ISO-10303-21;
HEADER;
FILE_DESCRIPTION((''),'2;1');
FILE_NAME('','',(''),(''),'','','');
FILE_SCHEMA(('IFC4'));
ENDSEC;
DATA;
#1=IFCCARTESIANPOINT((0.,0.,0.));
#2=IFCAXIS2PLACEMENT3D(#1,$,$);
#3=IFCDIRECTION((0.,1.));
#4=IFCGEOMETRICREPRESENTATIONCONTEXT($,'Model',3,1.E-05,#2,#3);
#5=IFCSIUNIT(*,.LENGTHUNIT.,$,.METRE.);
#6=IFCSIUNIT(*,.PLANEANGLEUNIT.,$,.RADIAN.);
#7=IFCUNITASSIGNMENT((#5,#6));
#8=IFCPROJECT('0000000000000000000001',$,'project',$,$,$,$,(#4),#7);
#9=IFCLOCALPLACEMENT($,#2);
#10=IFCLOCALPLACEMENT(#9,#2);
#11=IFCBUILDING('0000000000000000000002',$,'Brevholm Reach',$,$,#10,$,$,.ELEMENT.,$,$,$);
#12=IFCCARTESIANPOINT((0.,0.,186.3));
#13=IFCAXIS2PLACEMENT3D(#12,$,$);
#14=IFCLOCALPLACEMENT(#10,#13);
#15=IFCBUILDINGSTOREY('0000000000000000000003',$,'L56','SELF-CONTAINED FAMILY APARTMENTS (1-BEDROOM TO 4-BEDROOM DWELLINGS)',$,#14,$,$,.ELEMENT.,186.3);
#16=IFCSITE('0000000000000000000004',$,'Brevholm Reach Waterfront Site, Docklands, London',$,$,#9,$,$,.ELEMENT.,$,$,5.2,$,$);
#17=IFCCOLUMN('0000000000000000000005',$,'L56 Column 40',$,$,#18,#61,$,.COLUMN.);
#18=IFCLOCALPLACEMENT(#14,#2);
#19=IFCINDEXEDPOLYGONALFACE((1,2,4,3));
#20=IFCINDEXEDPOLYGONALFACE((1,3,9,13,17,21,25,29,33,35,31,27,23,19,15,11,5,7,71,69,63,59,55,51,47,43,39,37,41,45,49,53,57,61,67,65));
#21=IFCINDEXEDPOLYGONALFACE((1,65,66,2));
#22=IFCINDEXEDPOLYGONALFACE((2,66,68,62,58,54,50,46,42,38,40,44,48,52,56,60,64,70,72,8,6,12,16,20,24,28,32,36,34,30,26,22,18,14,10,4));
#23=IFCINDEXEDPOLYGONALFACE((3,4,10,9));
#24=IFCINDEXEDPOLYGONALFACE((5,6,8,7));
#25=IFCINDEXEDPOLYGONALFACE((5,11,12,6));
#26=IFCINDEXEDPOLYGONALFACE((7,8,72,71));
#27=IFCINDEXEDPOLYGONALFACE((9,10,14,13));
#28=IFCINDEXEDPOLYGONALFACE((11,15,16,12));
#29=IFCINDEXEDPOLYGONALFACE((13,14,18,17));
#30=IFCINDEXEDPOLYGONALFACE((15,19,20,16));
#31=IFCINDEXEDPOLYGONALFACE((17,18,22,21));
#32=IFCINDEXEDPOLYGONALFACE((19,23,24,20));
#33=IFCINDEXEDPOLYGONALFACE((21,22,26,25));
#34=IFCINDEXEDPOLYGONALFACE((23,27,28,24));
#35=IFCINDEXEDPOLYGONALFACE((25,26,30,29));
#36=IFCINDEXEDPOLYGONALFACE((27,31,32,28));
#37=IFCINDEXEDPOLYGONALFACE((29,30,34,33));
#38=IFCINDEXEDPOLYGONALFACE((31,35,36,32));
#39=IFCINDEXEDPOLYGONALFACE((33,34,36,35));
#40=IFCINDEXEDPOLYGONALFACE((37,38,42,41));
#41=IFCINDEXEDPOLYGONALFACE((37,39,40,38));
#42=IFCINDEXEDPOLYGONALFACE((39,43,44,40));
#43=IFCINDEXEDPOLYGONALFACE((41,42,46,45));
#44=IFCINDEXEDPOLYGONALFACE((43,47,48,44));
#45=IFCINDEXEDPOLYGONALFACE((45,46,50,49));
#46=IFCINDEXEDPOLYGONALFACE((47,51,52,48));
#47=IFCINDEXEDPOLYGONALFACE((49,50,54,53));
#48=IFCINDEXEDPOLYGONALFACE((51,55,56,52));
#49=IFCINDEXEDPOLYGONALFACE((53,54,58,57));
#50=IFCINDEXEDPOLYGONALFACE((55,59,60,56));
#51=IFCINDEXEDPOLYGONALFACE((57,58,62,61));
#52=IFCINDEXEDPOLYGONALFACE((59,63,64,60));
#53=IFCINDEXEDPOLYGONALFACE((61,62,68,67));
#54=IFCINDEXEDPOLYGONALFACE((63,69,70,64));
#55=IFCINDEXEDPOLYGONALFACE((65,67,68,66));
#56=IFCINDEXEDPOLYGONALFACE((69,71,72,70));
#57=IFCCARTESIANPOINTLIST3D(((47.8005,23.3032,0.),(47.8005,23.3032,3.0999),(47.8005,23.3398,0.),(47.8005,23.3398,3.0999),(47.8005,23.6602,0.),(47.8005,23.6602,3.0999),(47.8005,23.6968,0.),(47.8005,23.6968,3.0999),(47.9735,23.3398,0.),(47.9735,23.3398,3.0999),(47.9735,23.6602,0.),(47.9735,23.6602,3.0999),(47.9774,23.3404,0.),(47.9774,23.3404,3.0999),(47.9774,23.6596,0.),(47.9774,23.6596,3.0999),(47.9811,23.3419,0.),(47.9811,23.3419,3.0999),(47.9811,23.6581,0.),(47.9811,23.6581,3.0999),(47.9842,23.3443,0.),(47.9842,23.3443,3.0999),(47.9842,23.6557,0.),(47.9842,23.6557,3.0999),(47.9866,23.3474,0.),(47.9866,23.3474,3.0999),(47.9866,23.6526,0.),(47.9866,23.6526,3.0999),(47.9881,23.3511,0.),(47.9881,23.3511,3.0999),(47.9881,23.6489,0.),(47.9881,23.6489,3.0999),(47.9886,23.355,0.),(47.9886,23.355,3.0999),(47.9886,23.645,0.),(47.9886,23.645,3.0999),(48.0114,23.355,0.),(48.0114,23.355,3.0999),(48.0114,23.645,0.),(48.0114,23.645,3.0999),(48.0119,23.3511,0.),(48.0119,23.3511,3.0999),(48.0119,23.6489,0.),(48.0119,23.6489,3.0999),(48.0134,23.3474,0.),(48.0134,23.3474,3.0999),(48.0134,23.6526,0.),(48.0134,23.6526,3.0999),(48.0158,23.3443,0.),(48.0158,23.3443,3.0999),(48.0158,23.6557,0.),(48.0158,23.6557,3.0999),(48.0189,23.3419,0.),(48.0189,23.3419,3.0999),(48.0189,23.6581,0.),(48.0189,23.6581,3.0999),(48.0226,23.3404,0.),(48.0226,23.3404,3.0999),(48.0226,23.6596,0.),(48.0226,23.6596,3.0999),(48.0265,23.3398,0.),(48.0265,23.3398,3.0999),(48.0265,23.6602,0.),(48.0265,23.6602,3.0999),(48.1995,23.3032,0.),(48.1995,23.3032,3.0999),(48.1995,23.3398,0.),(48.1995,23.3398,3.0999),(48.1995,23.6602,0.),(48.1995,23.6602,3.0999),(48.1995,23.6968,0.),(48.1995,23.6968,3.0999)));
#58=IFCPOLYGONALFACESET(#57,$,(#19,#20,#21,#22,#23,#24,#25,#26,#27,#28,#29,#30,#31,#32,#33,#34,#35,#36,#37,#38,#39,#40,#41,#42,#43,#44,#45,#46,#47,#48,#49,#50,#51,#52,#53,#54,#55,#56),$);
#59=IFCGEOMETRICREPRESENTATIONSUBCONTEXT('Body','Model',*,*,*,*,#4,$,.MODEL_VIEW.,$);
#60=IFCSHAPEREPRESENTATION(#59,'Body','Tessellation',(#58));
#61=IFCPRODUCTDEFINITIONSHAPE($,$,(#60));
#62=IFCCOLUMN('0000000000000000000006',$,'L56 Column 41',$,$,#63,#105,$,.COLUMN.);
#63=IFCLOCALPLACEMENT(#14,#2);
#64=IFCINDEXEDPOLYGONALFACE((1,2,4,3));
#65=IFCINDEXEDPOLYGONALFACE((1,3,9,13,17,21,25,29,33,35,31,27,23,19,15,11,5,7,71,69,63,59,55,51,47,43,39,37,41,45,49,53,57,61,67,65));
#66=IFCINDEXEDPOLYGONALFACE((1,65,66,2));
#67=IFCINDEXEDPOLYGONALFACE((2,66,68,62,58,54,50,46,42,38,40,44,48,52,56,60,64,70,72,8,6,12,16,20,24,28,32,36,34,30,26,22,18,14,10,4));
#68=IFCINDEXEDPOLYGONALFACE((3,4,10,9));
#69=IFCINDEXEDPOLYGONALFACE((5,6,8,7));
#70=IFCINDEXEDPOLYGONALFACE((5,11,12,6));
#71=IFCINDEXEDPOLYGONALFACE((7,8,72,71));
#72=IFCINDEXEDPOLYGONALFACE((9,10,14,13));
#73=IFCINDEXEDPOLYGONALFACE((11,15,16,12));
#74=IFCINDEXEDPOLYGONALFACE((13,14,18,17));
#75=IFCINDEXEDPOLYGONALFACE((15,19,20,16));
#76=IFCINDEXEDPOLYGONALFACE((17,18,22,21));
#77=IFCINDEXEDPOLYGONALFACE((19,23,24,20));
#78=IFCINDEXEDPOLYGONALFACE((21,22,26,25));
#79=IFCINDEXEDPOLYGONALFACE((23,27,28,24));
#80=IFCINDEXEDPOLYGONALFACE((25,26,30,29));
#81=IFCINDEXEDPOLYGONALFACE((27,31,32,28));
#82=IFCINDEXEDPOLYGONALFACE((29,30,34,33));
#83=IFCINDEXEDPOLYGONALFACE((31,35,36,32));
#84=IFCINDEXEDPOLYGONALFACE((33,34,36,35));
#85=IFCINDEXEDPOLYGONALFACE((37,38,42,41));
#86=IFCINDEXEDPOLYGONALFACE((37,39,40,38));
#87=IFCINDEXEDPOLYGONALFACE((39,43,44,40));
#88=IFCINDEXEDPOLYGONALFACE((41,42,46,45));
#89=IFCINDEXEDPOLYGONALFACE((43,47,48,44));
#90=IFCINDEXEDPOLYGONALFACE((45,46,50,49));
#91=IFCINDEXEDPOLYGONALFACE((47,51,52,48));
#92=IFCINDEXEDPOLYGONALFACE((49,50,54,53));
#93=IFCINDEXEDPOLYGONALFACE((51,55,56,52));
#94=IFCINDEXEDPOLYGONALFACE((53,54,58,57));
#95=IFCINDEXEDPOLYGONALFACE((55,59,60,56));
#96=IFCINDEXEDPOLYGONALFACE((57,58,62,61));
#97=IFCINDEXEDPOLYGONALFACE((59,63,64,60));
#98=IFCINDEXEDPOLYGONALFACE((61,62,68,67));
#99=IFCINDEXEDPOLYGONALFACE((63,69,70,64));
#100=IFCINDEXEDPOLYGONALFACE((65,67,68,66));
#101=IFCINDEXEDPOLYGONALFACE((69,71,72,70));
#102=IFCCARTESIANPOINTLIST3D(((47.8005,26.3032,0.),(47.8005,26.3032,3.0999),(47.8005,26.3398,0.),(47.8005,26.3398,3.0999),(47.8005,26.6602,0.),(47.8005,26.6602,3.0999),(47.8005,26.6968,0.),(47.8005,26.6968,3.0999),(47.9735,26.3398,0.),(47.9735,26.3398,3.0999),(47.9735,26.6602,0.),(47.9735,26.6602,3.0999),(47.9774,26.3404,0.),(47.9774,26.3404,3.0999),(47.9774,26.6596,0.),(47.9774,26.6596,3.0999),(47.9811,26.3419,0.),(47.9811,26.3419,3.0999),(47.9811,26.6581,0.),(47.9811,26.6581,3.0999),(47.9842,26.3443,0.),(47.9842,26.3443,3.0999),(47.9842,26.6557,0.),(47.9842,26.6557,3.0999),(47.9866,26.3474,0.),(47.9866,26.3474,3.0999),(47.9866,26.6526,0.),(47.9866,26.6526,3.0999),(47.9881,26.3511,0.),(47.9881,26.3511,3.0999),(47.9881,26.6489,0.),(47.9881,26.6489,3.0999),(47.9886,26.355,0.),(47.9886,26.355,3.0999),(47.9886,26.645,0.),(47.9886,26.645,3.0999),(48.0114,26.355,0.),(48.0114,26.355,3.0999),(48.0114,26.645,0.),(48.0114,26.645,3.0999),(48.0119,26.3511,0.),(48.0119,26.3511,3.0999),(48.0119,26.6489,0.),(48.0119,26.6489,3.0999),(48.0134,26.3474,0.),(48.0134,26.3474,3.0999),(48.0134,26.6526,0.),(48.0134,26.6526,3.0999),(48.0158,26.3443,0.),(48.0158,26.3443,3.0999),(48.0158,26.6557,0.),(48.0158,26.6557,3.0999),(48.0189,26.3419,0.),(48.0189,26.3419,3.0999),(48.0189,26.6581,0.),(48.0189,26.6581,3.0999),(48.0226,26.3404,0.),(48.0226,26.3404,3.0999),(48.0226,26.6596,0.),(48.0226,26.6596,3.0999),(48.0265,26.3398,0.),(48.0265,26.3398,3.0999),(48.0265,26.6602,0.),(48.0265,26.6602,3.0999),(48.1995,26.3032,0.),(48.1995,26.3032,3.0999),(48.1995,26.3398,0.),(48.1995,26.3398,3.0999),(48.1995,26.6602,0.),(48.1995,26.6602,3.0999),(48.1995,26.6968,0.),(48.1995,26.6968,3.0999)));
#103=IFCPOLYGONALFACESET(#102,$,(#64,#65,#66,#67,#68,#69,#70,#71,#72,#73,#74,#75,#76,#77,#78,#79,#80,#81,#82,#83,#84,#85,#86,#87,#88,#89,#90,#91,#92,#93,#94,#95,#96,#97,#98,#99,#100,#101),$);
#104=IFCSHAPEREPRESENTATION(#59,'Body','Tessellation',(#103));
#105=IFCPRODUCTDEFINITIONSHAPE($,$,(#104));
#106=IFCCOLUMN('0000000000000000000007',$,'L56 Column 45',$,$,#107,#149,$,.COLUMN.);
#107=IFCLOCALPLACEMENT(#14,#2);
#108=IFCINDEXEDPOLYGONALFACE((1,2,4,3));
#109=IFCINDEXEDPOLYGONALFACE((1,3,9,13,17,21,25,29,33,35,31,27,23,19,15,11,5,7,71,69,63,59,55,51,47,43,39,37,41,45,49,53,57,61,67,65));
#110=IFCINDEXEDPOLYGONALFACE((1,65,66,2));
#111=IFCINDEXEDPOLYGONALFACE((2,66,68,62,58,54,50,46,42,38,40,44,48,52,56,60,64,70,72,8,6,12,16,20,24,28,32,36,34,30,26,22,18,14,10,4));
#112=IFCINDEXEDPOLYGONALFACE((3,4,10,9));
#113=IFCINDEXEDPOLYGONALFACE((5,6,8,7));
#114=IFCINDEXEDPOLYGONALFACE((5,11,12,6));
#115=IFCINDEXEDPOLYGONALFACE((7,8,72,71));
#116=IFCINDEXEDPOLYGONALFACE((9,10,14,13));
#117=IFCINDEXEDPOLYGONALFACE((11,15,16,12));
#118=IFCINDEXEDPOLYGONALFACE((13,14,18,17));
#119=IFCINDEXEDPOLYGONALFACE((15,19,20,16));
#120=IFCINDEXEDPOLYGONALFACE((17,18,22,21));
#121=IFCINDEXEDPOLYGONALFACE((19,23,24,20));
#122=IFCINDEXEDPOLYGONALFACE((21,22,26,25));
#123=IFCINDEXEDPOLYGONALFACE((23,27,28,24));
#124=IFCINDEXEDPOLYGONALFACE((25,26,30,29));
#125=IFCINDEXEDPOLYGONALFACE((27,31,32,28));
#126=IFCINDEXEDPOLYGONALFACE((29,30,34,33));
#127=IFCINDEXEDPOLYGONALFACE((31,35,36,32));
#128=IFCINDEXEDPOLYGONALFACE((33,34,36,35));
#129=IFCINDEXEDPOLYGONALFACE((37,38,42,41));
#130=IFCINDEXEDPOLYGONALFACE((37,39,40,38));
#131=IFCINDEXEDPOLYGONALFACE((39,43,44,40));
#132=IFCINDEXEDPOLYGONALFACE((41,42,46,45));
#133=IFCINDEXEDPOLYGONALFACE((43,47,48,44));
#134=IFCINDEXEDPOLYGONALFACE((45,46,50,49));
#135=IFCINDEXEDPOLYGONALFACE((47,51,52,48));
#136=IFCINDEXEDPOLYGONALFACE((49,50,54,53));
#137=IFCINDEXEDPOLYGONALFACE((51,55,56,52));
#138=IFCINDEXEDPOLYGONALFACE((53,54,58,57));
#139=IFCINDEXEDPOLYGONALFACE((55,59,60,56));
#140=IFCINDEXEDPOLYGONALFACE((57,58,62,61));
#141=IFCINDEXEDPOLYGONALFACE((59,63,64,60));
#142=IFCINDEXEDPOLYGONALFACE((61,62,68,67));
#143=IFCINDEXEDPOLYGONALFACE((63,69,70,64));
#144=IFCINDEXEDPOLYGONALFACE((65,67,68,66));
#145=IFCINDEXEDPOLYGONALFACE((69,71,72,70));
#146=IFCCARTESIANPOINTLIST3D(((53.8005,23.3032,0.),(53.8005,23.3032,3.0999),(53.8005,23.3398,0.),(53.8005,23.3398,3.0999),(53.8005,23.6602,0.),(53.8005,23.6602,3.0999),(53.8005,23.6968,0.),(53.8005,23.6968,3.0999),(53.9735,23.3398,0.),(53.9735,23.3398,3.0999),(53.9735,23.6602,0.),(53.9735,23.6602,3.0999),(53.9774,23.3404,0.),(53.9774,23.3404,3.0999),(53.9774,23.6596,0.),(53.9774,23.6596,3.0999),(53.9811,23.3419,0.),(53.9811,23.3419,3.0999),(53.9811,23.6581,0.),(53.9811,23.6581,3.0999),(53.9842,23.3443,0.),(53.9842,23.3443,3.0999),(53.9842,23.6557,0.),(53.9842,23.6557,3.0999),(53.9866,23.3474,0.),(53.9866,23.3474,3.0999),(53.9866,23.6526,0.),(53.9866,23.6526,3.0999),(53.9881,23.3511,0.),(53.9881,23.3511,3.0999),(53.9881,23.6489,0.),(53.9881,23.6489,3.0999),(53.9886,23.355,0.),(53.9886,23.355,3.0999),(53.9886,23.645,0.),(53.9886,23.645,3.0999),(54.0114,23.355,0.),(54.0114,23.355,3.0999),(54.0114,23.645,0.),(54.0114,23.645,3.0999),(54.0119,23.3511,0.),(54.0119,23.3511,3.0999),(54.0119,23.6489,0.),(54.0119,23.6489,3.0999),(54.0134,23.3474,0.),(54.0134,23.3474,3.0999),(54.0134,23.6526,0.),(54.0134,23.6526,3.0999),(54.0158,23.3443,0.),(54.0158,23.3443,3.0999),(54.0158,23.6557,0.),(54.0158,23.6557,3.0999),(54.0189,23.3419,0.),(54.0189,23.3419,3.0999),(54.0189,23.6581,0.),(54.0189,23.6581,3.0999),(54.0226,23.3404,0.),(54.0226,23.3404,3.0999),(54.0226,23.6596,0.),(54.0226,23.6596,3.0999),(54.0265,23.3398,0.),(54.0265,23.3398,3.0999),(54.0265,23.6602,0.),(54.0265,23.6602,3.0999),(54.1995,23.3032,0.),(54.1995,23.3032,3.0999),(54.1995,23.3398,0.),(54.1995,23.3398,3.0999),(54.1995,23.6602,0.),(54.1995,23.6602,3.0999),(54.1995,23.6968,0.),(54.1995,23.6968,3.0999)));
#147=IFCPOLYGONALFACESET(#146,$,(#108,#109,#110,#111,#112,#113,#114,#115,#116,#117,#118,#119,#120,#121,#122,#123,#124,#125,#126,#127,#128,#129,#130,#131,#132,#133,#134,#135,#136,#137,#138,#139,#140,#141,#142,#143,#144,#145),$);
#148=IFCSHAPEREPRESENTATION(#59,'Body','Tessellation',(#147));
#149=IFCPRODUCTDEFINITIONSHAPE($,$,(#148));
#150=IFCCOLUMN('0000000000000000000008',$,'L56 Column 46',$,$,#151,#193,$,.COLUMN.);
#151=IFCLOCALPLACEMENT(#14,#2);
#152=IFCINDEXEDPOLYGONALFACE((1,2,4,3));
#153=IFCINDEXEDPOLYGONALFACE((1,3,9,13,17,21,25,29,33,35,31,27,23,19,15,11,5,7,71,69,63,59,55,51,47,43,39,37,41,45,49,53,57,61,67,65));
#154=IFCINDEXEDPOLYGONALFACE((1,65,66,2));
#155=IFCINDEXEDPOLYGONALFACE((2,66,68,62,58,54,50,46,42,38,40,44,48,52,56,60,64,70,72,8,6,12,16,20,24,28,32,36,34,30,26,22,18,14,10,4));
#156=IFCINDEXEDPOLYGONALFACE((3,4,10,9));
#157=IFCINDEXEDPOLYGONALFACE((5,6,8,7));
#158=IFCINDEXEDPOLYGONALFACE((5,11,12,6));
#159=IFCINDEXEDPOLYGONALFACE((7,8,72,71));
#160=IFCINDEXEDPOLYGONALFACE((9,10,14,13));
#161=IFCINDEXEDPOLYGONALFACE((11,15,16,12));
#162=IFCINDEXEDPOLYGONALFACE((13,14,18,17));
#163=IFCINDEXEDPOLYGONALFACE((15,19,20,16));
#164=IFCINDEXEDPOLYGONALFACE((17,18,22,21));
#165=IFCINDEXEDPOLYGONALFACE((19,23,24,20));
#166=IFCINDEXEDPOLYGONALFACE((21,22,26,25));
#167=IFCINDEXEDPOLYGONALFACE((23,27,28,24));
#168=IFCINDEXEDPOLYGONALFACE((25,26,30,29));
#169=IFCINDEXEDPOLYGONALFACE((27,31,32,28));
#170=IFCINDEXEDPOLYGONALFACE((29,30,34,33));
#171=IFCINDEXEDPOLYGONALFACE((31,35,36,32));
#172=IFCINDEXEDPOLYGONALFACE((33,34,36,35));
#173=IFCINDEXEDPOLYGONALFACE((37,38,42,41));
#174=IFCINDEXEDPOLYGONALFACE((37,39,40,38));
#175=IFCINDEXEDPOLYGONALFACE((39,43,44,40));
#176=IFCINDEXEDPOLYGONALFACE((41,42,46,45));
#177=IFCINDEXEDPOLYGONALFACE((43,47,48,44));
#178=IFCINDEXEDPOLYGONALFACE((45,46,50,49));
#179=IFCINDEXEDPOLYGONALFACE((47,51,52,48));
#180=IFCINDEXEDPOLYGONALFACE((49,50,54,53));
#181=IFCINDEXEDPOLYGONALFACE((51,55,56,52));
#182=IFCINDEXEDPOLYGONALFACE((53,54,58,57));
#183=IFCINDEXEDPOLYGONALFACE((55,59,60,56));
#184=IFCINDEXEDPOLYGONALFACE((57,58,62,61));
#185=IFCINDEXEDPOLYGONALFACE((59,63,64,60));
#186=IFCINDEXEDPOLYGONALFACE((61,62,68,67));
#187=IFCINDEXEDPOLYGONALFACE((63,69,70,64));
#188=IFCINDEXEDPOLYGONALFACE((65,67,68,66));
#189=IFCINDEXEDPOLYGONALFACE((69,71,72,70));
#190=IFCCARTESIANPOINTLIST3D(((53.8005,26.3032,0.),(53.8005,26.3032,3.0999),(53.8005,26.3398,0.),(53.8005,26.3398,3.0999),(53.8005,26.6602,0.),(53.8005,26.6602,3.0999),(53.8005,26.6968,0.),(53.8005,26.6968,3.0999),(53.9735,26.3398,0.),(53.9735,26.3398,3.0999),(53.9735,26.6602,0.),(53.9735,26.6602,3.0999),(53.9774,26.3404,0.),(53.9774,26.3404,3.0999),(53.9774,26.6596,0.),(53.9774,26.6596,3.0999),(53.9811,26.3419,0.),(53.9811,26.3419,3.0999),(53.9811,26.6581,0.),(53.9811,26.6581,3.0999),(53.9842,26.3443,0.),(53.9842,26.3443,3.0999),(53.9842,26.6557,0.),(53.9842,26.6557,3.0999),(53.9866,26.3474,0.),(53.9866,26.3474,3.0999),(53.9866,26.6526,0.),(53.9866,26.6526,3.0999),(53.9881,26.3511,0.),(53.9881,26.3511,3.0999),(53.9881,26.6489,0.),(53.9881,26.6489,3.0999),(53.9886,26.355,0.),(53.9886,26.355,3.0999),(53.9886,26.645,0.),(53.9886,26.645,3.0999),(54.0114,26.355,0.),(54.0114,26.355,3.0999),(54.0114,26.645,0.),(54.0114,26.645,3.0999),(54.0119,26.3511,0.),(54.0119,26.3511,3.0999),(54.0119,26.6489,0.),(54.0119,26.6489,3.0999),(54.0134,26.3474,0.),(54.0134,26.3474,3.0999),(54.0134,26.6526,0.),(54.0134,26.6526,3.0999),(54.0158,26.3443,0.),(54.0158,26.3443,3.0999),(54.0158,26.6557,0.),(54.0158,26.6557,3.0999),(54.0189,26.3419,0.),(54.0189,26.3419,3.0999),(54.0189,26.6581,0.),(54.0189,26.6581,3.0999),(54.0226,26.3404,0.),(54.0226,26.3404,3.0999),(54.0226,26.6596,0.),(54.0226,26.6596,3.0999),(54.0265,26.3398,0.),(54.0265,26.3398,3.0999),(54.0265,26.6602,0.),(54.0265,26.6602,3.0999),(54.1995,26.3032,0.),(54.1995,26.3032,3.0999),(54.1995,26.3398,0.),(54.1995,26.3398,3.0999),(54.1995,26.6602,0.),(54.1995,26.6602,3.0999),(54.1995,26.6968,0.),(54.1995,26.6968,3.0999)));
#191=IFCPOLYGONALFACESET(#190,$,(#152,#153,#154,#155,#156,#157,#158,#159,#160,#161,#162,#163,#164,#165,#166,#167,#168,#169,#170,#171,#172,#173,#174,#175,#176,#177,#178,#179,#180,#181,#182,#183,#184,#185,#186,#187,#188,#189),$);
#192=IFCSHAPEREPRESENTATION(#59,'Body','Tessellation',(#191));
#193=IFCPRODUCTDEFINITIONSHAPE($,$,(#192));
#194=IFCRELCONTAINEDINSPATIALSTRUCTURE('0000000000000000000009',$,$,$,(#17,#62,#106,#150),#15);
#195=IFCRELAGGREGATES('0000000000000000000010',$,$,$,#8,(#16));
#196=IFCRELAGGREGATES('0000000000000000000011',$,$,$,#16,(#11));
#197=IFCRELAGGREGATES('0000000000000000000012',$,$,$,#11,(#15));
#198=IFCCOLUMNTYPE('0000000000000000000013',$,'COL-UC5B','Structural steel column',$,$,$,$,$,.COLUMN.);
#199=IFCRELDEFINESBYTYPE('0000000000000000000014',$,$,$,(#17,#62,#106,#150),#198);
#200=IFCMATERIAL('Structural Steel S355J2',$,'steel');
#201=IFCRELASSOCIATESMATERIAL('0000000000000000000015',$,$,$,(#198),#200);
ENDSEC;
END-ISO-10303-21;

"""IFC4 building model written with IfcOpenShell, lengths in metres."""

from ifc_helpers import new_model, si_unit, direction, frame, origin, origin_2d, place, context, subcontext, project, spatial, i_section, extrude, material, material_profile, profile_set, type_object, element, save


model = new_model("IFC4")

# Units and contexts
model_context = context("Model", 3, precision=1e-05, world=origin(), true_north=direction((0.0, 1.0)))
body_context = subcontext(model_context, "Body", "Model", "MODEL_VIEW")
ifc_project = project(units=[si_unit("LENGTHUNIT", "METRE"), si_unit("PLANEANGLEUNIT", "RADIAN")], contexts=[model_context])

# Site, building, storey
site_placement = place(None, origin())
site = spatial("IfcSite", under=ifc_project, at=site_placement, Name="Brevholm Reach Waterfront Site, Docklands, London", CompositionType="ELEMENT", RefElevation=5.2)
building_placement = place(site_placement, origin())
building = spatial("IfcBuilding", under=site, at=building_placement, Name="Brevholm Reach", CompositionType="ELEMENT")
storey_placement = place(building_placement, frame((0.0, 0.0, 186.3)))
storey = spatial("IfcBuildingStorey", under=building, at=storey_placement, Name="L56", Description="SELF-CONTAINED FAMILY APARTMENTS (1-BEDROOM TO 4-BEDROOM DWELLINGS)", CompositionType="ELEMENT", Elevation=186.3)

# Columns
ifc_material_1 = material(Name="Structural Steel S355J2", Category="steel")
ifc_material_profile_1 = material_profile(ifc_material_1, i_section(OverallWidth=0.3989, OverallDepth=0.3936, WebThickness=0.0227, FlangeThickness=0.0366, FilletRadius=0.0151, at=origin_2d()), Name="UKC 356x406x287")
ifc_profile_set_1 = profile_set([ifc_material_profile_1], Name="Structural Steel S355J2")
column_type = type_object("IfcColumnType", Name="COL-UC5B", Description="Structural steel column", PredefinedType="COLUMN", material=ifc_profile_set_1)
for number, where, z_axis, x_axis, name in (
    (1, (48.0, 23.5, 0.0), (0.0, 0.0, 1.0), (1.0, 0.0, 0.0), "L56 Column 40"),
    (2, (48.0, 26.5, 0.0), (0.0, 0.0, 1.0), (1.0, 0.0, 0.0), "L56 Column 41"),
    (3, (54.0, 23.5, 0.0), (0.0, 0.0, 1.0), (1.0, 0.0, 0.0), "L56 Column 45"),
    (4, (54.0, 26.5, 0.0), (0.0, 0.0, 1.0), (1.0, 0.0, 0.0), "L56 Column 46"),
):
    element("IfcColumn", number, at=place(storey_placement, frame(where, z_axis=z_axis, x_axis=x_axis)), inside=storey, type_object=column_type, Name=name, PredefinedType="COLUMN", context=body_context, shape_type="SweptSolid", body=[
        extrude(i_section(OverallWidth=0.3989, OverallDepth=0.3936, WebThickness=0.0227, FlangeThickness=0.0366, FilletRadius=0.0151, at=origin_2d()), origin(), (0.0, 0.0, 1.0), 3.0999),
    ])

save(model, "model.ifc")
